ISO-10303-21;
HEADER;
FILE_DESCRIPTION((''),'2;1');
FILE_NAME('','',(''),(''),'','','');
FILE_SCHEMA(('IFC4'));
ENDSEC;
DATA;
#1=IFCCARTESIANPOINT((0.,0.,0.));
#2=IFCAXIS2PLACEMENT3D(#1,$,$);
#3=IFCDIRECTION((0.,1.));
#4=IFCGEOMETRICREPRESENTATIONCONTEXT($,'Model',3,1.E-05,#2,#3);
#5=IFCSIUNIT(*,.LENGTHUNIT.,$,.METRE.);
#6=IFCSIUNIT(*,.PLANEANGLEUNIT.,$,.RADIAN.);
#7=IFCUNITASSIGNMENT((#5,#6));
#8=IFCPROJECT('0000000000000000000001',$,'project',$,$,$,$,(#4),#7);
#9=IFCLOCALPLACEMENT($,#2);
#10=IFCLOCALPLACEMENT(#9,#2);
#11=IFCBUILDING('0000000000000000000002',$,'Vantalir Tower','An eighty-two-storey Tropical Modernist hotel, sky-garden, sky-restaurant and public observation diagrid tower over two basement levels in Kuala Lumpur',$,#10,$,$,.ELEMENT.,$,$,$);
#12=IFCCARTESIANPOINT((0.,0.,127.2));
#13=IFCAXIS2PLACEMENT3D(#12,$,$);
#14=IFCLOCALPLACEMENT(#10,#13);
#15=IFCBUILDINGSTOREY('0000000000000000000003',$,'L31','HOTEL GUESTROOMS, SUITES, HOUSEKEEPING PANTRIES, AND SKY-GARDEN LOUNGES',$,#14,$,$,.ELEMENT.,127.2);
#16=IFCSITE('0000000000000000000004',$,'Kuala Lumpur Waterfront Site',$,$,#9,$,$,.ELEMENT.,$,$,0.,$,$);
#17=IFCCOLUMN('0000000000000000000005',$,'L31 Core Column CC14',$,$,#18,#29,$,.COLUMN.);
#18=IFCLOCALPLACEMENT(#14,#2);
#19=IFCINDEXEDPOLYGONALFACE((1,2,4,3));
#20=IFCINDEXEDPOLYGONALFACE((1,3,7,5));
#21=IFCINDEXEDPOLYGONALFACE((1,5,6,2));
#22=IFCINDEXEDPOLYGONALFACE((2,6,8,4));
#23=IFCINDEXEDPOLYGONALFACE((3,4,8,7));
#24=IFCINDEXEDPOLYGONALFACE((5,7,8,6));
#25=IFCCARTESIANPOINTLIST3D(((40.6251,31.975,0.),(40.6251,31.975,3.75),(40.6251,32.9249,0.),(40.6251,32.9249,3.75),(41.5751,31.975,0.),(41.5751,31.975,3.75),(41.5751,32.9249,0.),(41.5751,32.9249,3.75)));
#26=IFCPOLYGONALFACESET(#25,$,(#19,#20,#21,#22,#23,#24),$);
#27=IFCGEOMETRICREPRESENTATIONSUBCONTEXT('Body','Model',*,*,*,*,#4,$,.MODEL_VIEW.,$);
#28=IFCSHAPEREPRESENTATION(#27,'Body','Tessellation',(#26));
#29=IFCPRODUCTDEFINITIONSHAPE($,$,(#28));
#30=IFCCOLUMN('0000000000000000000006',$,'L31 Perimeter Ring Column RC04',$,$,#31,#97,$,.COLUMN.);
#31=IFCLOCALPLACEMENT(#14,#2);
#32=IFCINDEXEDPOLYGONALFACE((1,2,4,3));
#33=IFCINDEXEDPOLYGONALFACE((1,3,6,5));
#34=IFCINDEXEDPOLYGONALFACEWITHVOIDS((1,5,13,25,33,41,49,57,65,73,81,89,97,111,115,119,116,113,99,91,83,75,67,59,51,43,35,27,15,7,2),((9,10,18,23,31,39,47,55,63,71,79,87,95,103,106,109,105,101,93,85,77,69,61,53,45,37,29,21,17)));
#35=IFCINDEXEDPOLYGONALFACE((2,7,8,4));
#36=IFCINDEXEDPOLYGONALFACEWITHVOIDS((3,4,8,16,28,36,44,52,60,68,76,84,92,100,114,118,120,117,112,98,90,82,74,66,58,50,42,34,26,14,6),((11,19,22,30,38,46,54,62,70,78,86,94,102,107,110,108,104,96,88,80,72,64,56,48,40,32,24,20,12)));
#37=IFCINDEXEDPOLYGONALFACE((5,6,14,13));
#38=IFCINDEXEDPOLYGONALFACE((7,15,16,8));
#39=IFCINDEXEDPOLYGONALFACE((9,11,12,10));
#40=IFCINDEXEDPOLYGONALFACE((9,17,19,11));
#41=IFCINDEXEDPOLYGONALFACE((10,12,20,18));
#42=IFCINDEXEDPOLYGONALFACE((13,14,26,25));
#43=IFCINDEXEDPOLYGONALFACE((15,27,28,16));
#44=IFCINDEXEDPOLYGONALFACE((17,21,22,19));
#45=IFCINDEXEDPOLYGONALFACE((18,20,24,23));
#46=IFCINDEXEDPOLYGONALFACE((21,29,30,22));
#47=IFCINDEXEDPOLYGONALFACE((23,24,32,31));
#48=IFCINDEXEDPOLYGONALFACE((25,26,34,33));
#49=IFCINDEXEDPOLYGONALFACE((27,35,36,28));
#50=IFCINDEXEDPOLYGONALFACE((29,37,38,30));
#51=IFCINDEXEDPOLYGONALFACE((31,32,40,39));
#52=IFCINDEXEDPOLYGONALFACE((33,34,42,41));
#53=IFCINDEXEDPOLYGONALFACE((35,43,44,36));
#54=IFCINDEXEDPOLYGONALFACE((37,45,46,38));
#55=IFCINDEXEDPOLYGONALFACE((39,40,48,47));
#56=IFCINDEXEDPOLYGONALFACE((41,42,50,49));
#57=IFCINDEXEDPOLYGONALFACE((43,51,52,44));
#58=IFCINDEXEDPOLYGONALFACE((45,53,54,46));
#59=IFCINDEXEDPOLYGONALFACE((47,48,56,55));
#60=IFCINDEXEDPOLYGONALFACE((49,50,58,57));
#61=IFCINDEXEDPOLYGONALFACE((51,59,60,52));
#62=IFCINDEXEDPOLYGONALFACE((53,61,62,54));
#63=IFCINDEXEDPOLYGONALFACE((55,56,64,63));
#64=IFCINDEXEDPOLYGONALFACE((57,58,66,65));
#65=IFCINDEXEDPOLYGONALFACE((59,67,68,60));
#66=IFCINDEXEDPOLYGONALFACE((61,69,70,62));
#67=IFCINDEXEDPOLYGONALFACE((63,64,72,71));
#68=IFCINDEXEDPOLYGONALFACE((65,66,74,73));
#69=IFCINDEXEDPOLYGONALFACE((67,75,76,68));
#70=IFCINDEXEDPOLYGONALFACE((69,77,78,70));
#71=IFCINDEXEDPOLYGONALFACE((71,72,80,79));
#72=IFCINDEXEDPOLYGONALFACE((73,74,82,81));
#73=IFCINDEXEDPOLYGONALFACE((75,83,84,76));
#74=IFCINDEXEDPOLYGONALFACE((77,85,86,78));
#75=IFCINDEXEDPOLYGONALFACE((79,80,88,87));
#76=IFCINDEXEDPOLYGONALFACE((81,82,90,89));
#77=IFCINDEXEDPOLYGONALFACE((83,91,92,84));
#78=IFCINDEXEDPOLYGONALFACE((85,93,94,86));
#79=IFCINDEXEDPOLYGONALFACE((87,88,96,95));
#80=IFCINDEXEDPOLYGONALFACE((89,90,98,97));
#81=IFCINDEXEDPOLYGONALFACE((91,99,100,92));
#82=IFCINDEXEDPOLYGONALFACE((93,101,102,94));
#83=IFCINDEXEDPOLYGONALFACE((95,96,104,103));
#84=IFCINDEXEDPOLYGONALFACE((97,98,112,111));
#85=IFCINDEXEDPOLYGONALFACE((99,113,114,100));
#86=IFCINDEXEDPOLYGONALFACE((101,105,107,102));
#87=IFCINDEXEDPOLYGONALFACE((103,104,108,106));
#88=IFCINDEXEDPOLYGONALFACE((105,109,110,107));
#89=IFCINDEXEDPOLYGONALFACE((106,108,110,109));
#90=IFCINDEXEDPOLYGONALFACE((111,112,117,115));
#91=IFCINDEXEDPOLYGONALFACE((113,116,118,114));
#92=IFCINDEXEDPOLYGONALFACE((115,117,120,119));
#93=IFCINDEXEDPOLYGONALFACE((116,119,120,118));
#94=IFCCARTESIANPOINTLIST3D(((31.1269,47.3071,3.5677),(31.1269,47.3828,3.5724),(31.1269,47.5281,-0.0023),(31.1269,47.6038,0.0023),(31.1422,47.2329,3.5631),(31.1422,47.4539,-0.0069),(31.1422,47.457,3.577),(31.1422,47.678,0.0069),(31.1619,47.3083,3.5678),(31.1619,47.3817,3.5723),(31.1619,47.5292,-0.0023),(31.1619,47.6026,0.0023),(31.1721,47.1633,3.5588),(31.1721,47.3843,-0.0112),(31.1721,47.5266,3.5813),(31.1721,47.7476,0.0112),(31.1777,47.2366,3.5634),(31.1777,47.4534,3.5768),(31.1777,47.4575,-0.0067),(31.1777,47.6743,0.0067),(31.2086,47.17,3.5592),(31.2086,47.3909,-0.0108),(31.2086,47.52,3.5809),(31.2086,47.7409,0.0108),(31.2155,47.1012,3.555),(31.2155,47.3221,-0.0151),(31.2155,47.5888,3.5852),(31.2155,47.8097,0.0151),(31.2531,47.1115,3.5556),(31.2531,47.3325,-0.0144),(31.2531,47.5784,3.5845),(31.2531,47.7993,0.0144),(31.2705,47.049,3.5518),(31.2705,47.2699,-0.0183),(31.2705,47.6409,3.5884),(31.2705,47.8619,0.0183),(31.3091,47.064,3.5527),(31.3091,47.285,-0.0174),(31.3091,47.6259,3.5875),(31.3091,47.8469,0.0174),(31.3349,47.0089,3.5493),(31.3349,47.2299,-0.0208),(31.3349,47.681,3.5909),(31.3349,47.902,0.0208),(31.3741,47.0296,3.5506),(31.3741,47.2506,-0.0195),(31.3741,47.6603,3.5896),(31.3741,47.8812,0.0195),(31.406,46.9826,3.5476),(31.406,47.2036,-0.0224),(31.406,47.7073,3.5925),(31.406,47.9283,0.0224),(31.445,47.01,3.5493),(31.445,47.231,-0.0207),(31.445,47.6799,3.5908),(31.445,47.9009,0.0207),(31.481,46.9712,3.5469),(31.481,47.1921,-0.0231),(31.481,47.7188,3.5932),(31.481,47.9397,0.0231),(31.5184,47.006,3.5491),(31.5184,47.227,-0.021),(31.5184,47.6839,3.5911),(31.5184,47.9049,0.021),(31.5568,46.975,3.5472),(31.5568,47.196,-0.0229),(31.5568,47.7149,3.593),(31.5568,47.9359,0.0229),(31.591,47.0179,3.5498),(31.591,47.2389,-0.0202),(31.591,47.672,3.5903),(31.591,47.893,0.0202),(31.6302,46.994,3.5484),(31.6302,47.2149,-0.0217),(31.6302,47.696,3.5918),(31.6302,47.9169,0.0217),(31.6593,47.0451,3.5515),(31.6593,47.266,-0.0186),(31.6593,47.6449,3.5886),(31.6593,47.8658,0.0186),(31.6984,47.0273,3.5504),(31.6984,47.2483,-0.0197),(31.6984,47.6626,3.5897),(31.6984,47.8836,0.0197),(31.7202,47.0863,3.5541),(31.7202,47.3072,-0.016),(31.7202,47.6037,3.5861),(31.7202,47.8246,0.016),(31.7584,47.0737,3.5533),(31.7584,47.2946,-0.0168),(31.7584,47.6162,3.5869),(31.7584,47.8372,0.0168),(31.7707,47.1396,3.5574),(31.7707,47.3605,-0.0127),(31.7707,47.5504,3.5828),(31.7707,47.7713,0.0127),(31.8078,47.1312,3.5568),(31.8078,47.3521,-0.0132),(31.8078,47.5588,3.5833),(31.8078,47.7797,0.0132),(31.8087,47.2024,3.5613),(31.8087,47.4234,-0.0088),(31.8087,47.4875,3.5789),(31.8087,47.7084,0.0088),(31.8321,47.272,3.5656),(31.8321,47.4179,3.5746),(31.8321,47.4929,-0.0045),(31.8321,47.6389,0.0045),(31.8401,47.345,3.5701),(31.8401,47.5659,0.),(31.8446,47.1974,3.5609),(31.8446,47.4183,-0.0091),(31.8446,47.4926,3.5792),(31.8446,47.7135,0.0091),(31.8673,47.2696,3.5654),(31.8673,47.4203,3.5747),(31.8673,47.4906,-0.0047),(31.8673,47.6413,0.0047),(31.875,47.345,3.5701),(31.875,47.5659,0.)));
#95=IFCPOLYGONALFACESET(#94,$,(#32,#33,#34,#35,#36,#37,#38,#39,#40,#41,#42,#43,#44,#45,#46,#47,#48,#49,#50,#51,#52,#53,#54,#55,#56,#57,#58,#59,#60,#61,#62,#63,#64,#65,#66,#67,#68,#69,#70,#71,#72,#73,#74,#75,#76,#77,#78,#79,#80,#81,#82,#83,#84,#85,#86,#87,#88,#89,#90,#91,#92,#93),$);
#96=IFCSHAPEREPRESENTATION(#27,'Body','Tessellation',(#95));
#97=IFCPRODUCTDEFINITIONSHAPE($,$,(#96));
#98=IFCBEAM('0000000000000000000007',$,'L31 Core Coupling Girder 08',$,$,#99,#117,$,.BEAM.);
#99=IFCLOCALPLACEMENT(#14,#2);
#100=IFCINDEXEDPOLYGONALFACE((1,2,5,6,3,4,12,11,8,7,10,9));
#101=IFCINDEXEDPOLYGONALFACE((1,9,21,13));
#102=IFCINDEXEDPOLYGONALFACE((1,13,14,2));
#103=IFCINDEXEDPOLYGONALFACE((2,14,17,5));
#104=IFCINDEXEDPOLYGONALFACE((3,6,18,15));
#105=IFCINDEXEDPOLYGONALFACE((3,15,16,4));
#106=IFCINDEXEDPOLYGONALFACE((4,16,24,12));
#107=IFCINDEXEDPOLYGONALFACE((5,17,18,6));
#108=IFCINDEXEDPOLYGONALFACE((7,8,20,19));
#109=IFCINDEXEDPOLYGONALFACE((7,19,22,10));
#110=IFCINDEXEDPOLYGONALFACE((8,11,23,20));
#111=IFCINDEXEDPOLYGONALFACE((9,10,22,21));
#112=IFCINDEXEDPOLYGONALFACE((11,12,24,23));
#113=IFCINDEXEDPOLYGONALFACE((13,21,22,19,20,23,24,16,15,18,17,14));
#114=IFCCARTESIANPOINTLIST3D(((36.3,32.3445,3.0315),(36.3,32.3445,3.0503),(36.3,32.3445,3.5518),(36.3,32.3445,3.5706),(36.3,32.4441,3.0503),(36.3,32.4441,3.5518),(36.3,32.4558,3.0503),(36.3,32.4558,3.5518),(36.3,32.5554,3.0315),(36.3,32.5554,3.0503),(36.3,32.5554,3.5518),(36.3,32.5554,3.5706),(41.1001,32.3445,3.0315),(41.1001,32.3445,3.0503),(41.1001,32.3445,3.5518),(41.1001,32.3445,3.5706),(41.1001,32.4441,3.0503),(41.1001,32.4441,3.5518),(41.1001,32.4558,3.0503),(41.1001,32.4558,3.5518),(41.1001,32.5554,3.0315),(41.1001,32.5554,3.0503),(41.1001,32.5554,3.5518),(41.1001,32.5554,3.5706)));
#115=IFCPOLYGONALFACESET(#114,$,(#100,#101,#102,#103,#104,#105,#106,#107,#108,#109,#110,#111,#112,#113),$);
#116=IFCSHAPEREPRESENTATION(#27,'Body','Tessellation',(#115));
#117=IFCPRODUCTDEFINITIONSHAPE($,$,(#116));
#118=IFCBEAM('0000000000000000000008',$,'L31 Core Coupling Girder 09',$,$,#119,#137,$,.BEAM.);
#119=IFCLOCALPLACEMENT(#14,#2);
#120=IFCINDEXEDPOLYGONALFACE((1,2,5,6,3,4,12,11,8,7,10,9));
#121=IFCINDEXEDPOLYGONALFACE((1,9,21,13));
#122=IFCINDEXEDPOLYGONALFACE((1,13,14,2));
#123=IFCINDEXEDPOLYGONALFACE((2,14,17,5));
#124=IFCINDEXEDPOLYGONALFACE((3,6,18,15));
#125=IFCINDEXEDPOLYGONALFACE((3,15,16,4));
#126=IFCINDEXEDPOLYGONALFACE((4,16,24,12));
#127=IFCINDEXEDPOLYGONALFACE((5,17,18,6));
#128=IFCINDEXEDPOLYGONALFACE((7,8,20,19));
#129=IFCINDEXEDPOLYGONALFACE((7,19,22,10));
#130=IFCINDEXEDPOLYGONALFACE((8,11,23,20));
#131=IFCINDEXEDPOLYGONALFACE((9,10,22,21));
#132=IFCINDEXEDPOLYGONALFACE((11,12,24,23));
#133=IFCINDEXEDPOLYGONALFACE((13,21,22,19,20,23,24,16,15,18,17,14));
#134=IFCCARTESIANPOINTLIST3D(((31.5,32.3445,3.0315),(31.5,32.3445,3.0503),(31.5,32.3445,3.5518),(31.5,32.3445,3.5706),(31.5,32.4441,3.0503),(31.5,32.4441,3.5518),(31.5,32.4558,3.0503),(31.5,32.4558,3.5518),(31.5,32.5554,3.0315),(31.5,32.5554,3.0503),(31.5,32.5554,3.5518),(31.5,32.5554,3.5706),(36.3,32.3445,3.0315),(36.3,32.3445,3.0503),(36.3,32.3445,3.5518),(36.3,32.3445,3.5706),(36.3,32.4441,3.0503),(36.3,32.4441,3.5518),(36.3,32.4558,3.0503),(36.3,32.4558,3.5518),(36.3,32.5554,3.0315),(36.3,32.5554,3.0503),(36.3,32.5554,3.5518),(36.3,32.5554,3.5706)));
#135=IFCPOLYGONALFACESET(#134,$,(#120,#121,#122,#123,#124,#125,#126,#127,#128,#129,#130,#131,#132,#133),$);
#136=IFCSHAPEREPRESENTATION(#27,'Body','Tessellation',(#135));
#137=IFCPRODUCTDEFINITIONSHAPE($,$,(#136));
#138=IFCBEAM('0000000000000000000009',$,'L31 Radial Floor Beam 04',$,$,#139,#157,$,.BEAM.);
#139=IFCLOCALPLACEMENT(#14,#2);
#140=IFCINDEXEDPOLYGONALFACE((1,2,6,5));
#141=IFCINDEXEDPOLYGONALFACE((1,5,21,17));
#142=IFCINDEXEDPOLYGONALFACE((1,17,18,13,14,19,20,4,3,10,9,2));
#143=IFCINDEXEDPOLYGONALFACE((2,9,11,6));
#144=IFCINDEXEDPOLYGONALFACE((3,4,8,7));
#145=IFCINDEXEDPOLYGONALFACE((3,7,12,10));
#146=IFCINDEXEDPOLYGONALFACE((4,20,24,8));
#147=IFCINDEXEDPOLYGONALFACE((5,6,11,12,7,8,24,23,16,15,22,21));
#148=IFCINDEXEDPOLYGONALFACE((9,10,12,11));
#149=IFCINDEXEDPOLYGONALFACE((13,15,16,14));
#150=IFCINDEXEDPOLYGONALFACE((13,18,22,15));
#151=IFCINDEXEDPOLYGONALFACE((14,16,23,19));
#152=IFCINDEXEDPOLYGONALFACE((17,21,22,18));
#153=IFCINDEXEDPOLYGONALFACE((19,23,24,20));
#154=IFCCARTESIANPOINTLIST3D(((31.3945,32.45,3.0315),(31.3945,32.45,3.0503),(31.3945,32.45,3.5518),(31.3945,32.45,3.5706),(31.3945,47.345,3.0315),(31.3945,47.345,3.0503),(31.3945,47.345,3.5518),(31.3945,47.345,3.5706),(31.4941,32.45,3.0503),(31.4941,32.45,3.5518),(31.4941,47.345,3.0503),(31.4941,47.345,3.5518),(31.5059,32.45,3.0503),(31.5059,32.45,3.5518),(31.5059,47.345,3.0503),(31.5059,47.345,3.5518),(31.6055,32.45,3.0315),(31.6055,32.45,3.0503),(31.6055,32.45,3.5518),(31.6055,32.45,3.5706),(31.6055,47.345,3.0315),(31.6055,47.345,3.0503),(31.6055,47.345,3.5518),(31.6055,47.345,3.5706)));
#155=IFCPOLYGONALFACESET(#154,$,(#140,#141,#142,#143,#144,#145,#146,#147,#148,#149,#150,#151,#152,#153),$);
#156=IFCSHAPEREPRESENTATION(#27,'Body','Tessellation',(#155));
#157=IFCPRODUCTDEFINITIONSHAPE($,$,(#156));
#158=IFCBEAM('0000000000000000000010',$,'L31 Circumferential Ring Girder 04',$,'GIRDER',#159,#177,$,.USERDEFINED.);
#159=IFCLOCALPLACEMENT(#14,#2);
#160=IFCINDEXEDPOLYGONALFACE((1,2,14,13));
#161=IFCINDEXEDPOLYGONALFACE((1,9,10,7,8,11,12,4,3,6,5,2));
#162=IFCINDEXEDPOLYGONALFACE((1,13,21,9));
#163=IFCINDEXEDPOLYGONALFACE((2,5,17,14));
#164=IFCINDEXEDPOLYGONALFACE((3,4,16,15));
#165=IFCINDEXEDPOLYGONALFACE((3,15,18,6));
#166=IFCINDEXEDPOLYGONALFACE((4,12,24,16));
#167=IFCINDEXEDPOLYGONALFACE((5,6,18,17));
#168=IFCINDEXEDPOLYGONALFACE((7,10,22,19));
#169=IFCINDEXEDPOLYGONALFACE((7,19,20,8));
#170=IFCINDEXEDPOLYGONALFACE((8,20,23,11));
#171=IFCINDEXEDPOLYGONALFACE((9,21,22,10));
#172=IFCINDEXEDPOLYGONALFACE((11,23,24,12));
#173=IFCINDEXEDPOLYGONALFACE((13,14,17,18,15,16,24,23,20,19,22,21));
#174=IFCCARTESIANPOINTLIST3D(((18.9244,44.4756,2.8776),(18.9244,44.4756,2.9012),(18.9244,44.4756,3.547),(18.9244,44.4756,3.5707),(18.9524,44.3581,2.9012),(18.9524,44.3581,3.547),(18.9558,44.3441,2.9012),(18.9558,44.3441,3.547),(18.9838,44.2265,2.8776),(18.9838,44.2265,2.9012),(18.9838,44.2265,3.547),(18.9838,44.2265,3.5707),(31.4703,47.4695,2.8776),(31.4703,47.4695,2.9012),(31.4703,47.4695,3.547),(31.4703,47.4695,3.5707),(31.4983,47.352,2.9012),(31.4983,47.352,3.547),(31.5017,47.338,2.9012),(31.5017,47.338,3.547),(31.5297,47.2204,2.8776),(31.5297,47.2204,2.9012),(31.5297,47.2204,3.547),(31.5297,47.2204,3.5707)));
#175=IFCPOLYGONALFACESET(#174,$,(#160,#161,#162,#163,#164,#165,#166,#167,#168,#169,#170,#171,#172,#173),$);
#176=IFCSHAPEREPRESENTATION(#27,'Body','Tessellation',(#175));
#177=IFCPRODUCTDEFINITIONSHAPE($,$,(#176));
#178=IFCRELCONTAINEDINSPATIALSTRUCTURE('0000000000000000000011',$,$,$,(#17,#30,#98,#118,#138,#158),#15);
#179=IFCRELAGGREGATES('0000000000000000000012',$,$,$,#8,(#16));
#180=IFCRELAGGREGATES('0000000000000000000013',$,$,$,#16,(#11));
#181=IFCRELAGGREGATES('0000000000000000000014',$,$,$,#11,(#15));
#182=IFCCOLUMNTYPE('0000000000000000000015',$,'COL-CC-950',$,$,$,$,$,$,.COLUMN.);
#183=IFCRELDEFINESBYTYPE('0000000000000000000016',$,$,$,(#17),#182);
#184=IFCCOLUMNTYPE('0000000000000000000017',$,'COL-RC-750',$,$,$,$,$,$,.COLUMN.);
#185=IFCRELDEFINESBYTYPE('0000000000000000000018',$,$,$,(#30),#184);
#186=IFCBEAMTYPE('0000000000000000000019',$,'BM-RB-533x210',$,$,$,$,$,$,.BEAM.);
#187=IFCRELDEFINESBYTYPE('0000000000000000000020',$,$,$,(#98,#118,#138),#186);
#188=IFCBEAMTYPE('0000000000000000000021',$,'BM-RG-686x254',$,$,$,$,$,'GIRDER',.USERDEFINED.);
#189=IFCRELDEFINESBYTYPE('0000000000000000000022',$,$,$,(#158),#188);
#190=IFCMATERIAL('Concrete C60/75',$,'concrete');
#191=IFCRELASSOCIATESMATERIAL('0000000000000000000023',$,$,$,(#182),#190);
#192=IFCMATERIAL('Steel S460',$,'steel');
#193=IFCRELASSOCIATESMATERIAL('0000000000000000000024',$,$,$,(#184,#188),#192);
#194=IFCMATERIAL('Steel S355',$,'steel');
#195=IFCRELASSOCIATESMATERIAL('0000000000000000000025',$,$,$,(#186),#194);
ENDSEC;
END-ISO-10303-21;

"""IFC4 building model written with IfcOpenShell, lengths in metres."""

from ifc_helpers import new_model, si_unit, direction, frame, origin, origin_2d, place, context, subcontext, project, spatial, rectangle, hollow_circle, i_section, extrude, material, material_profile, profile_set, type_object, element, save


model = new_model("IFC4")

# Units and contexts
model_context = context("Model", 3, precision=1e-05, world=origin(), true_north=direction((0.0, 1.0)))
body_context = subcontext(model_context, "Body", "Model", "MODEL_VIEW")
ifc_project = project(units=[si_unit("LENGTHUNIT", "METRE"), si_unit("PLANEANGLEUNIT", "RADIAN")], contexts=[model_context])

# Site, building, storey
site_placement = place(None, origin())
site = spatial("IfcSite", under=ifc_project, at=site_placement, Name="Kuala Lumpur Waterfront Site", CompositionType="ELEMENT", RefElevation=0.0)
building_placement = place(site_placement, origin())
building = spatial("IfcBuilding", under=site, at=building_placement, Name="Vantalir Tower", Description="An eighty-two-storey Tropical Modernist hotel, sky-garden, sky-restaurant and public observation diagrid tower over two basement levels in Kuala Lumpur", CompositionType="ELEMENT")
storey_placement = place(building_placement, frame((0.0, 0.0, 127.2)))
storey = spatial("IfcBuildingStorey", under=building, at=storey_placement, Name="L31", Description="HOTEL GUESTROOMS, SUITES, HOUSEKEEPING PANTRIES, AND SKY-GARDEN LOUNGES", CompositionType="ELEMENT", Elevation=127.2)

# Columns
ifc_material_1 = material(Name="Concrete C60/75", Category="concrete")
ifc_material_profile_1 = material_profile(ifc_material_1, rectangle(XDim=0.95, YDim=0.95, at=origin_2d()), Name="Concrete C60/75")
ifc_profile_set_1 = profile_set([ifc_material_profile_1], Name="Concrete C60/75")
column_type_1 = type_object("IfcColumnType", Name="COL-CC-950", PredefinedType="COLUMN", material=ifc_profile_set_1)
column_1_placement = place(storey_placement, frame((41.1001, 32.45, 0.0), z_axis=(0.0, 0.0, 1.0), x_axis=(1.0, 0.0, 0.0)))
element("IfcColumn", 1, at=column_1_placement, inside=storey, type_object=column_type_1, Name="L31 Core Column CC14", PredefinedType="COLUMN", context=body_context, shape_type="SweptSolid", body=[
    extrude(rectangle(XDim=0.95, YDim=0.95, at=origin_2d()), origin(), (0.0, 0.0, 1.0), 3.75),
])
ifc_material_2 = material(Name="Steel S460", Category="steel")
ifc_material_profile_2 = material_profile(ifc_material_2, hollow_circle(Radius=0.375, WallThickness=0.0349, at=origin_2d()), Name="Steel S460")
ifc_profile_set_2 = profile_set([ifc_material_profile_2], Name="Steel S460")
column_type_2 = type_object("IfcColumnType", Name="COL-RC-750", PredefinedType="COLUMN", material=ifc_profile_set_2)
column_2_placement = place(storey_placement, frame((31.5, 47.5659, 0.0), z_axis=(0.0, -0.061771, 0.99809), x_axis=(1.0, 0.0, 0.0)))
element("IfcColumn", 2, at=column_2_placement, inside=storey, type_object=column_type_2, Name="L31 Perimeter Ring Column RC04", PredefinedType="COLUMN", context=body_context, shape_type="SweptSolid", body=[
    extrude(hollow_circle(Radius=0.375, WallThickness=0.0349, at=origin_2d()), origin(), (0.0, 0.0, 1.0), 3.5769),
])

# Beams
ifc_material_3 = material(Name="Steel S355", Category="steel")
ifc_material_profile_3 = material_profile(ifc_material_3, i_section(OverallWidth=0.2109, OverallDepth=0.5391, WebThickness=0.0117, FlangeThickness=0.0188, at=origin_2d()), Name="Steel S355")
ifc_profile_set_3 = profile_set([ifc_material_profile_3], Name="Steel S355")
beam_type_1 = type_object("IfcBeamType", Name="BM-RB-533x210", PredefinedType="BEAM", material=ifc_profile_set_3)
for number, where, z_axis, x_axis, name in (
    (3, (41.1001, 32.45, 3.301), (-1.0, 0.0, 0.0), (0.0, -1.0, 0.0), "L31 Core Coupling Girder 08"),
    (4, (36.3, 32.45, 3.301), (-1.0, 0.0, 0.0), (0.0, -1.0, 0.0), "L31 Core Coupling Girder 09"),
):
    element("IfcBeam", number, at=place(storey_placement, frame(where, z_axis=z_axis, x_axis=x_axis)), inside=storey, type_object=beam_type_1, Name=name, PredefinedType="BEAM", context=body_context, shape_type="SweptSolid", body=[
        extrude(i_section(OverallWidth=0.2109, OverallDepth=0.5391, WebThickness=0.0117, FlangeThickness=0.0188, at=origin_2d()), origin(), (0.0, 0.0, 1.0), 4.8),
    ])
beam_1_placement = place(storey_placement, frame((31.5, 47.345, 3.301), z_axis=(0.0, -1.0, 0.0), x_axis=(1.0, 0.0, 0.0)))
element("IfcBeam", 5, at=beam_1_placement, inside=storey, type_object=beam_type_1, Name="L31 Radial Floor Beam 04", PredefinedType="BEAM", context=body_context, shape_type="SweptSolid", body=[
    extrude(i_section(OverallWidth=0.2109, OverallDepth=0.5391, WebThickness=0.0117, FlangeThickness=0.0188, at=origin_2d()), origin(), (0.0, 0.0, 1.0), 14.895),
])
ifc_material_profile_4 = material_profile(ifc_material_2, i_section(OverallWidth=0.2561, OverallDepth=0.6931, WebThickness=0.0144, FlangeThickness=0.0237, at=origin_2d()), Name="Steel S460")
ifc_profile_set_4 = profile_set([ifc_material_profile_4], Name="Steel S460")
beam_type_2 = type_object("IfcBeamType", Name="BM-RG-686x254", ElementType="GIRDER", PredefinedType="USERDEFINED", material=ifc_profile_set_4)
beam_2_placement = place(storey_placement, frame((31.5, 47.345, 3.2241), z_axis=(-0.972688, -0.232118, 0.0), x_axis=(0.232118, -0.972688, 0.0)))
element("IfcBeam", 6, at=beam_2_placement, inside=storey, type_object=beam_type_2, Name="L31 Circumferential Ring Girder 04", ObjectType="GIRDER", PredefinedType="USERDEFINED", context=body_context, shape_type="SweptSolid", body=[
    extrude(i_section(OverallWidth=0.2561, OverallDepth=0.6931, WebThickness=0.0144, FlangeThickness=0.0237, at=origin_2d()), origin(), (0.0, 0.0, 1.0), 12.8982),
])

save(model, "model.ifc")
